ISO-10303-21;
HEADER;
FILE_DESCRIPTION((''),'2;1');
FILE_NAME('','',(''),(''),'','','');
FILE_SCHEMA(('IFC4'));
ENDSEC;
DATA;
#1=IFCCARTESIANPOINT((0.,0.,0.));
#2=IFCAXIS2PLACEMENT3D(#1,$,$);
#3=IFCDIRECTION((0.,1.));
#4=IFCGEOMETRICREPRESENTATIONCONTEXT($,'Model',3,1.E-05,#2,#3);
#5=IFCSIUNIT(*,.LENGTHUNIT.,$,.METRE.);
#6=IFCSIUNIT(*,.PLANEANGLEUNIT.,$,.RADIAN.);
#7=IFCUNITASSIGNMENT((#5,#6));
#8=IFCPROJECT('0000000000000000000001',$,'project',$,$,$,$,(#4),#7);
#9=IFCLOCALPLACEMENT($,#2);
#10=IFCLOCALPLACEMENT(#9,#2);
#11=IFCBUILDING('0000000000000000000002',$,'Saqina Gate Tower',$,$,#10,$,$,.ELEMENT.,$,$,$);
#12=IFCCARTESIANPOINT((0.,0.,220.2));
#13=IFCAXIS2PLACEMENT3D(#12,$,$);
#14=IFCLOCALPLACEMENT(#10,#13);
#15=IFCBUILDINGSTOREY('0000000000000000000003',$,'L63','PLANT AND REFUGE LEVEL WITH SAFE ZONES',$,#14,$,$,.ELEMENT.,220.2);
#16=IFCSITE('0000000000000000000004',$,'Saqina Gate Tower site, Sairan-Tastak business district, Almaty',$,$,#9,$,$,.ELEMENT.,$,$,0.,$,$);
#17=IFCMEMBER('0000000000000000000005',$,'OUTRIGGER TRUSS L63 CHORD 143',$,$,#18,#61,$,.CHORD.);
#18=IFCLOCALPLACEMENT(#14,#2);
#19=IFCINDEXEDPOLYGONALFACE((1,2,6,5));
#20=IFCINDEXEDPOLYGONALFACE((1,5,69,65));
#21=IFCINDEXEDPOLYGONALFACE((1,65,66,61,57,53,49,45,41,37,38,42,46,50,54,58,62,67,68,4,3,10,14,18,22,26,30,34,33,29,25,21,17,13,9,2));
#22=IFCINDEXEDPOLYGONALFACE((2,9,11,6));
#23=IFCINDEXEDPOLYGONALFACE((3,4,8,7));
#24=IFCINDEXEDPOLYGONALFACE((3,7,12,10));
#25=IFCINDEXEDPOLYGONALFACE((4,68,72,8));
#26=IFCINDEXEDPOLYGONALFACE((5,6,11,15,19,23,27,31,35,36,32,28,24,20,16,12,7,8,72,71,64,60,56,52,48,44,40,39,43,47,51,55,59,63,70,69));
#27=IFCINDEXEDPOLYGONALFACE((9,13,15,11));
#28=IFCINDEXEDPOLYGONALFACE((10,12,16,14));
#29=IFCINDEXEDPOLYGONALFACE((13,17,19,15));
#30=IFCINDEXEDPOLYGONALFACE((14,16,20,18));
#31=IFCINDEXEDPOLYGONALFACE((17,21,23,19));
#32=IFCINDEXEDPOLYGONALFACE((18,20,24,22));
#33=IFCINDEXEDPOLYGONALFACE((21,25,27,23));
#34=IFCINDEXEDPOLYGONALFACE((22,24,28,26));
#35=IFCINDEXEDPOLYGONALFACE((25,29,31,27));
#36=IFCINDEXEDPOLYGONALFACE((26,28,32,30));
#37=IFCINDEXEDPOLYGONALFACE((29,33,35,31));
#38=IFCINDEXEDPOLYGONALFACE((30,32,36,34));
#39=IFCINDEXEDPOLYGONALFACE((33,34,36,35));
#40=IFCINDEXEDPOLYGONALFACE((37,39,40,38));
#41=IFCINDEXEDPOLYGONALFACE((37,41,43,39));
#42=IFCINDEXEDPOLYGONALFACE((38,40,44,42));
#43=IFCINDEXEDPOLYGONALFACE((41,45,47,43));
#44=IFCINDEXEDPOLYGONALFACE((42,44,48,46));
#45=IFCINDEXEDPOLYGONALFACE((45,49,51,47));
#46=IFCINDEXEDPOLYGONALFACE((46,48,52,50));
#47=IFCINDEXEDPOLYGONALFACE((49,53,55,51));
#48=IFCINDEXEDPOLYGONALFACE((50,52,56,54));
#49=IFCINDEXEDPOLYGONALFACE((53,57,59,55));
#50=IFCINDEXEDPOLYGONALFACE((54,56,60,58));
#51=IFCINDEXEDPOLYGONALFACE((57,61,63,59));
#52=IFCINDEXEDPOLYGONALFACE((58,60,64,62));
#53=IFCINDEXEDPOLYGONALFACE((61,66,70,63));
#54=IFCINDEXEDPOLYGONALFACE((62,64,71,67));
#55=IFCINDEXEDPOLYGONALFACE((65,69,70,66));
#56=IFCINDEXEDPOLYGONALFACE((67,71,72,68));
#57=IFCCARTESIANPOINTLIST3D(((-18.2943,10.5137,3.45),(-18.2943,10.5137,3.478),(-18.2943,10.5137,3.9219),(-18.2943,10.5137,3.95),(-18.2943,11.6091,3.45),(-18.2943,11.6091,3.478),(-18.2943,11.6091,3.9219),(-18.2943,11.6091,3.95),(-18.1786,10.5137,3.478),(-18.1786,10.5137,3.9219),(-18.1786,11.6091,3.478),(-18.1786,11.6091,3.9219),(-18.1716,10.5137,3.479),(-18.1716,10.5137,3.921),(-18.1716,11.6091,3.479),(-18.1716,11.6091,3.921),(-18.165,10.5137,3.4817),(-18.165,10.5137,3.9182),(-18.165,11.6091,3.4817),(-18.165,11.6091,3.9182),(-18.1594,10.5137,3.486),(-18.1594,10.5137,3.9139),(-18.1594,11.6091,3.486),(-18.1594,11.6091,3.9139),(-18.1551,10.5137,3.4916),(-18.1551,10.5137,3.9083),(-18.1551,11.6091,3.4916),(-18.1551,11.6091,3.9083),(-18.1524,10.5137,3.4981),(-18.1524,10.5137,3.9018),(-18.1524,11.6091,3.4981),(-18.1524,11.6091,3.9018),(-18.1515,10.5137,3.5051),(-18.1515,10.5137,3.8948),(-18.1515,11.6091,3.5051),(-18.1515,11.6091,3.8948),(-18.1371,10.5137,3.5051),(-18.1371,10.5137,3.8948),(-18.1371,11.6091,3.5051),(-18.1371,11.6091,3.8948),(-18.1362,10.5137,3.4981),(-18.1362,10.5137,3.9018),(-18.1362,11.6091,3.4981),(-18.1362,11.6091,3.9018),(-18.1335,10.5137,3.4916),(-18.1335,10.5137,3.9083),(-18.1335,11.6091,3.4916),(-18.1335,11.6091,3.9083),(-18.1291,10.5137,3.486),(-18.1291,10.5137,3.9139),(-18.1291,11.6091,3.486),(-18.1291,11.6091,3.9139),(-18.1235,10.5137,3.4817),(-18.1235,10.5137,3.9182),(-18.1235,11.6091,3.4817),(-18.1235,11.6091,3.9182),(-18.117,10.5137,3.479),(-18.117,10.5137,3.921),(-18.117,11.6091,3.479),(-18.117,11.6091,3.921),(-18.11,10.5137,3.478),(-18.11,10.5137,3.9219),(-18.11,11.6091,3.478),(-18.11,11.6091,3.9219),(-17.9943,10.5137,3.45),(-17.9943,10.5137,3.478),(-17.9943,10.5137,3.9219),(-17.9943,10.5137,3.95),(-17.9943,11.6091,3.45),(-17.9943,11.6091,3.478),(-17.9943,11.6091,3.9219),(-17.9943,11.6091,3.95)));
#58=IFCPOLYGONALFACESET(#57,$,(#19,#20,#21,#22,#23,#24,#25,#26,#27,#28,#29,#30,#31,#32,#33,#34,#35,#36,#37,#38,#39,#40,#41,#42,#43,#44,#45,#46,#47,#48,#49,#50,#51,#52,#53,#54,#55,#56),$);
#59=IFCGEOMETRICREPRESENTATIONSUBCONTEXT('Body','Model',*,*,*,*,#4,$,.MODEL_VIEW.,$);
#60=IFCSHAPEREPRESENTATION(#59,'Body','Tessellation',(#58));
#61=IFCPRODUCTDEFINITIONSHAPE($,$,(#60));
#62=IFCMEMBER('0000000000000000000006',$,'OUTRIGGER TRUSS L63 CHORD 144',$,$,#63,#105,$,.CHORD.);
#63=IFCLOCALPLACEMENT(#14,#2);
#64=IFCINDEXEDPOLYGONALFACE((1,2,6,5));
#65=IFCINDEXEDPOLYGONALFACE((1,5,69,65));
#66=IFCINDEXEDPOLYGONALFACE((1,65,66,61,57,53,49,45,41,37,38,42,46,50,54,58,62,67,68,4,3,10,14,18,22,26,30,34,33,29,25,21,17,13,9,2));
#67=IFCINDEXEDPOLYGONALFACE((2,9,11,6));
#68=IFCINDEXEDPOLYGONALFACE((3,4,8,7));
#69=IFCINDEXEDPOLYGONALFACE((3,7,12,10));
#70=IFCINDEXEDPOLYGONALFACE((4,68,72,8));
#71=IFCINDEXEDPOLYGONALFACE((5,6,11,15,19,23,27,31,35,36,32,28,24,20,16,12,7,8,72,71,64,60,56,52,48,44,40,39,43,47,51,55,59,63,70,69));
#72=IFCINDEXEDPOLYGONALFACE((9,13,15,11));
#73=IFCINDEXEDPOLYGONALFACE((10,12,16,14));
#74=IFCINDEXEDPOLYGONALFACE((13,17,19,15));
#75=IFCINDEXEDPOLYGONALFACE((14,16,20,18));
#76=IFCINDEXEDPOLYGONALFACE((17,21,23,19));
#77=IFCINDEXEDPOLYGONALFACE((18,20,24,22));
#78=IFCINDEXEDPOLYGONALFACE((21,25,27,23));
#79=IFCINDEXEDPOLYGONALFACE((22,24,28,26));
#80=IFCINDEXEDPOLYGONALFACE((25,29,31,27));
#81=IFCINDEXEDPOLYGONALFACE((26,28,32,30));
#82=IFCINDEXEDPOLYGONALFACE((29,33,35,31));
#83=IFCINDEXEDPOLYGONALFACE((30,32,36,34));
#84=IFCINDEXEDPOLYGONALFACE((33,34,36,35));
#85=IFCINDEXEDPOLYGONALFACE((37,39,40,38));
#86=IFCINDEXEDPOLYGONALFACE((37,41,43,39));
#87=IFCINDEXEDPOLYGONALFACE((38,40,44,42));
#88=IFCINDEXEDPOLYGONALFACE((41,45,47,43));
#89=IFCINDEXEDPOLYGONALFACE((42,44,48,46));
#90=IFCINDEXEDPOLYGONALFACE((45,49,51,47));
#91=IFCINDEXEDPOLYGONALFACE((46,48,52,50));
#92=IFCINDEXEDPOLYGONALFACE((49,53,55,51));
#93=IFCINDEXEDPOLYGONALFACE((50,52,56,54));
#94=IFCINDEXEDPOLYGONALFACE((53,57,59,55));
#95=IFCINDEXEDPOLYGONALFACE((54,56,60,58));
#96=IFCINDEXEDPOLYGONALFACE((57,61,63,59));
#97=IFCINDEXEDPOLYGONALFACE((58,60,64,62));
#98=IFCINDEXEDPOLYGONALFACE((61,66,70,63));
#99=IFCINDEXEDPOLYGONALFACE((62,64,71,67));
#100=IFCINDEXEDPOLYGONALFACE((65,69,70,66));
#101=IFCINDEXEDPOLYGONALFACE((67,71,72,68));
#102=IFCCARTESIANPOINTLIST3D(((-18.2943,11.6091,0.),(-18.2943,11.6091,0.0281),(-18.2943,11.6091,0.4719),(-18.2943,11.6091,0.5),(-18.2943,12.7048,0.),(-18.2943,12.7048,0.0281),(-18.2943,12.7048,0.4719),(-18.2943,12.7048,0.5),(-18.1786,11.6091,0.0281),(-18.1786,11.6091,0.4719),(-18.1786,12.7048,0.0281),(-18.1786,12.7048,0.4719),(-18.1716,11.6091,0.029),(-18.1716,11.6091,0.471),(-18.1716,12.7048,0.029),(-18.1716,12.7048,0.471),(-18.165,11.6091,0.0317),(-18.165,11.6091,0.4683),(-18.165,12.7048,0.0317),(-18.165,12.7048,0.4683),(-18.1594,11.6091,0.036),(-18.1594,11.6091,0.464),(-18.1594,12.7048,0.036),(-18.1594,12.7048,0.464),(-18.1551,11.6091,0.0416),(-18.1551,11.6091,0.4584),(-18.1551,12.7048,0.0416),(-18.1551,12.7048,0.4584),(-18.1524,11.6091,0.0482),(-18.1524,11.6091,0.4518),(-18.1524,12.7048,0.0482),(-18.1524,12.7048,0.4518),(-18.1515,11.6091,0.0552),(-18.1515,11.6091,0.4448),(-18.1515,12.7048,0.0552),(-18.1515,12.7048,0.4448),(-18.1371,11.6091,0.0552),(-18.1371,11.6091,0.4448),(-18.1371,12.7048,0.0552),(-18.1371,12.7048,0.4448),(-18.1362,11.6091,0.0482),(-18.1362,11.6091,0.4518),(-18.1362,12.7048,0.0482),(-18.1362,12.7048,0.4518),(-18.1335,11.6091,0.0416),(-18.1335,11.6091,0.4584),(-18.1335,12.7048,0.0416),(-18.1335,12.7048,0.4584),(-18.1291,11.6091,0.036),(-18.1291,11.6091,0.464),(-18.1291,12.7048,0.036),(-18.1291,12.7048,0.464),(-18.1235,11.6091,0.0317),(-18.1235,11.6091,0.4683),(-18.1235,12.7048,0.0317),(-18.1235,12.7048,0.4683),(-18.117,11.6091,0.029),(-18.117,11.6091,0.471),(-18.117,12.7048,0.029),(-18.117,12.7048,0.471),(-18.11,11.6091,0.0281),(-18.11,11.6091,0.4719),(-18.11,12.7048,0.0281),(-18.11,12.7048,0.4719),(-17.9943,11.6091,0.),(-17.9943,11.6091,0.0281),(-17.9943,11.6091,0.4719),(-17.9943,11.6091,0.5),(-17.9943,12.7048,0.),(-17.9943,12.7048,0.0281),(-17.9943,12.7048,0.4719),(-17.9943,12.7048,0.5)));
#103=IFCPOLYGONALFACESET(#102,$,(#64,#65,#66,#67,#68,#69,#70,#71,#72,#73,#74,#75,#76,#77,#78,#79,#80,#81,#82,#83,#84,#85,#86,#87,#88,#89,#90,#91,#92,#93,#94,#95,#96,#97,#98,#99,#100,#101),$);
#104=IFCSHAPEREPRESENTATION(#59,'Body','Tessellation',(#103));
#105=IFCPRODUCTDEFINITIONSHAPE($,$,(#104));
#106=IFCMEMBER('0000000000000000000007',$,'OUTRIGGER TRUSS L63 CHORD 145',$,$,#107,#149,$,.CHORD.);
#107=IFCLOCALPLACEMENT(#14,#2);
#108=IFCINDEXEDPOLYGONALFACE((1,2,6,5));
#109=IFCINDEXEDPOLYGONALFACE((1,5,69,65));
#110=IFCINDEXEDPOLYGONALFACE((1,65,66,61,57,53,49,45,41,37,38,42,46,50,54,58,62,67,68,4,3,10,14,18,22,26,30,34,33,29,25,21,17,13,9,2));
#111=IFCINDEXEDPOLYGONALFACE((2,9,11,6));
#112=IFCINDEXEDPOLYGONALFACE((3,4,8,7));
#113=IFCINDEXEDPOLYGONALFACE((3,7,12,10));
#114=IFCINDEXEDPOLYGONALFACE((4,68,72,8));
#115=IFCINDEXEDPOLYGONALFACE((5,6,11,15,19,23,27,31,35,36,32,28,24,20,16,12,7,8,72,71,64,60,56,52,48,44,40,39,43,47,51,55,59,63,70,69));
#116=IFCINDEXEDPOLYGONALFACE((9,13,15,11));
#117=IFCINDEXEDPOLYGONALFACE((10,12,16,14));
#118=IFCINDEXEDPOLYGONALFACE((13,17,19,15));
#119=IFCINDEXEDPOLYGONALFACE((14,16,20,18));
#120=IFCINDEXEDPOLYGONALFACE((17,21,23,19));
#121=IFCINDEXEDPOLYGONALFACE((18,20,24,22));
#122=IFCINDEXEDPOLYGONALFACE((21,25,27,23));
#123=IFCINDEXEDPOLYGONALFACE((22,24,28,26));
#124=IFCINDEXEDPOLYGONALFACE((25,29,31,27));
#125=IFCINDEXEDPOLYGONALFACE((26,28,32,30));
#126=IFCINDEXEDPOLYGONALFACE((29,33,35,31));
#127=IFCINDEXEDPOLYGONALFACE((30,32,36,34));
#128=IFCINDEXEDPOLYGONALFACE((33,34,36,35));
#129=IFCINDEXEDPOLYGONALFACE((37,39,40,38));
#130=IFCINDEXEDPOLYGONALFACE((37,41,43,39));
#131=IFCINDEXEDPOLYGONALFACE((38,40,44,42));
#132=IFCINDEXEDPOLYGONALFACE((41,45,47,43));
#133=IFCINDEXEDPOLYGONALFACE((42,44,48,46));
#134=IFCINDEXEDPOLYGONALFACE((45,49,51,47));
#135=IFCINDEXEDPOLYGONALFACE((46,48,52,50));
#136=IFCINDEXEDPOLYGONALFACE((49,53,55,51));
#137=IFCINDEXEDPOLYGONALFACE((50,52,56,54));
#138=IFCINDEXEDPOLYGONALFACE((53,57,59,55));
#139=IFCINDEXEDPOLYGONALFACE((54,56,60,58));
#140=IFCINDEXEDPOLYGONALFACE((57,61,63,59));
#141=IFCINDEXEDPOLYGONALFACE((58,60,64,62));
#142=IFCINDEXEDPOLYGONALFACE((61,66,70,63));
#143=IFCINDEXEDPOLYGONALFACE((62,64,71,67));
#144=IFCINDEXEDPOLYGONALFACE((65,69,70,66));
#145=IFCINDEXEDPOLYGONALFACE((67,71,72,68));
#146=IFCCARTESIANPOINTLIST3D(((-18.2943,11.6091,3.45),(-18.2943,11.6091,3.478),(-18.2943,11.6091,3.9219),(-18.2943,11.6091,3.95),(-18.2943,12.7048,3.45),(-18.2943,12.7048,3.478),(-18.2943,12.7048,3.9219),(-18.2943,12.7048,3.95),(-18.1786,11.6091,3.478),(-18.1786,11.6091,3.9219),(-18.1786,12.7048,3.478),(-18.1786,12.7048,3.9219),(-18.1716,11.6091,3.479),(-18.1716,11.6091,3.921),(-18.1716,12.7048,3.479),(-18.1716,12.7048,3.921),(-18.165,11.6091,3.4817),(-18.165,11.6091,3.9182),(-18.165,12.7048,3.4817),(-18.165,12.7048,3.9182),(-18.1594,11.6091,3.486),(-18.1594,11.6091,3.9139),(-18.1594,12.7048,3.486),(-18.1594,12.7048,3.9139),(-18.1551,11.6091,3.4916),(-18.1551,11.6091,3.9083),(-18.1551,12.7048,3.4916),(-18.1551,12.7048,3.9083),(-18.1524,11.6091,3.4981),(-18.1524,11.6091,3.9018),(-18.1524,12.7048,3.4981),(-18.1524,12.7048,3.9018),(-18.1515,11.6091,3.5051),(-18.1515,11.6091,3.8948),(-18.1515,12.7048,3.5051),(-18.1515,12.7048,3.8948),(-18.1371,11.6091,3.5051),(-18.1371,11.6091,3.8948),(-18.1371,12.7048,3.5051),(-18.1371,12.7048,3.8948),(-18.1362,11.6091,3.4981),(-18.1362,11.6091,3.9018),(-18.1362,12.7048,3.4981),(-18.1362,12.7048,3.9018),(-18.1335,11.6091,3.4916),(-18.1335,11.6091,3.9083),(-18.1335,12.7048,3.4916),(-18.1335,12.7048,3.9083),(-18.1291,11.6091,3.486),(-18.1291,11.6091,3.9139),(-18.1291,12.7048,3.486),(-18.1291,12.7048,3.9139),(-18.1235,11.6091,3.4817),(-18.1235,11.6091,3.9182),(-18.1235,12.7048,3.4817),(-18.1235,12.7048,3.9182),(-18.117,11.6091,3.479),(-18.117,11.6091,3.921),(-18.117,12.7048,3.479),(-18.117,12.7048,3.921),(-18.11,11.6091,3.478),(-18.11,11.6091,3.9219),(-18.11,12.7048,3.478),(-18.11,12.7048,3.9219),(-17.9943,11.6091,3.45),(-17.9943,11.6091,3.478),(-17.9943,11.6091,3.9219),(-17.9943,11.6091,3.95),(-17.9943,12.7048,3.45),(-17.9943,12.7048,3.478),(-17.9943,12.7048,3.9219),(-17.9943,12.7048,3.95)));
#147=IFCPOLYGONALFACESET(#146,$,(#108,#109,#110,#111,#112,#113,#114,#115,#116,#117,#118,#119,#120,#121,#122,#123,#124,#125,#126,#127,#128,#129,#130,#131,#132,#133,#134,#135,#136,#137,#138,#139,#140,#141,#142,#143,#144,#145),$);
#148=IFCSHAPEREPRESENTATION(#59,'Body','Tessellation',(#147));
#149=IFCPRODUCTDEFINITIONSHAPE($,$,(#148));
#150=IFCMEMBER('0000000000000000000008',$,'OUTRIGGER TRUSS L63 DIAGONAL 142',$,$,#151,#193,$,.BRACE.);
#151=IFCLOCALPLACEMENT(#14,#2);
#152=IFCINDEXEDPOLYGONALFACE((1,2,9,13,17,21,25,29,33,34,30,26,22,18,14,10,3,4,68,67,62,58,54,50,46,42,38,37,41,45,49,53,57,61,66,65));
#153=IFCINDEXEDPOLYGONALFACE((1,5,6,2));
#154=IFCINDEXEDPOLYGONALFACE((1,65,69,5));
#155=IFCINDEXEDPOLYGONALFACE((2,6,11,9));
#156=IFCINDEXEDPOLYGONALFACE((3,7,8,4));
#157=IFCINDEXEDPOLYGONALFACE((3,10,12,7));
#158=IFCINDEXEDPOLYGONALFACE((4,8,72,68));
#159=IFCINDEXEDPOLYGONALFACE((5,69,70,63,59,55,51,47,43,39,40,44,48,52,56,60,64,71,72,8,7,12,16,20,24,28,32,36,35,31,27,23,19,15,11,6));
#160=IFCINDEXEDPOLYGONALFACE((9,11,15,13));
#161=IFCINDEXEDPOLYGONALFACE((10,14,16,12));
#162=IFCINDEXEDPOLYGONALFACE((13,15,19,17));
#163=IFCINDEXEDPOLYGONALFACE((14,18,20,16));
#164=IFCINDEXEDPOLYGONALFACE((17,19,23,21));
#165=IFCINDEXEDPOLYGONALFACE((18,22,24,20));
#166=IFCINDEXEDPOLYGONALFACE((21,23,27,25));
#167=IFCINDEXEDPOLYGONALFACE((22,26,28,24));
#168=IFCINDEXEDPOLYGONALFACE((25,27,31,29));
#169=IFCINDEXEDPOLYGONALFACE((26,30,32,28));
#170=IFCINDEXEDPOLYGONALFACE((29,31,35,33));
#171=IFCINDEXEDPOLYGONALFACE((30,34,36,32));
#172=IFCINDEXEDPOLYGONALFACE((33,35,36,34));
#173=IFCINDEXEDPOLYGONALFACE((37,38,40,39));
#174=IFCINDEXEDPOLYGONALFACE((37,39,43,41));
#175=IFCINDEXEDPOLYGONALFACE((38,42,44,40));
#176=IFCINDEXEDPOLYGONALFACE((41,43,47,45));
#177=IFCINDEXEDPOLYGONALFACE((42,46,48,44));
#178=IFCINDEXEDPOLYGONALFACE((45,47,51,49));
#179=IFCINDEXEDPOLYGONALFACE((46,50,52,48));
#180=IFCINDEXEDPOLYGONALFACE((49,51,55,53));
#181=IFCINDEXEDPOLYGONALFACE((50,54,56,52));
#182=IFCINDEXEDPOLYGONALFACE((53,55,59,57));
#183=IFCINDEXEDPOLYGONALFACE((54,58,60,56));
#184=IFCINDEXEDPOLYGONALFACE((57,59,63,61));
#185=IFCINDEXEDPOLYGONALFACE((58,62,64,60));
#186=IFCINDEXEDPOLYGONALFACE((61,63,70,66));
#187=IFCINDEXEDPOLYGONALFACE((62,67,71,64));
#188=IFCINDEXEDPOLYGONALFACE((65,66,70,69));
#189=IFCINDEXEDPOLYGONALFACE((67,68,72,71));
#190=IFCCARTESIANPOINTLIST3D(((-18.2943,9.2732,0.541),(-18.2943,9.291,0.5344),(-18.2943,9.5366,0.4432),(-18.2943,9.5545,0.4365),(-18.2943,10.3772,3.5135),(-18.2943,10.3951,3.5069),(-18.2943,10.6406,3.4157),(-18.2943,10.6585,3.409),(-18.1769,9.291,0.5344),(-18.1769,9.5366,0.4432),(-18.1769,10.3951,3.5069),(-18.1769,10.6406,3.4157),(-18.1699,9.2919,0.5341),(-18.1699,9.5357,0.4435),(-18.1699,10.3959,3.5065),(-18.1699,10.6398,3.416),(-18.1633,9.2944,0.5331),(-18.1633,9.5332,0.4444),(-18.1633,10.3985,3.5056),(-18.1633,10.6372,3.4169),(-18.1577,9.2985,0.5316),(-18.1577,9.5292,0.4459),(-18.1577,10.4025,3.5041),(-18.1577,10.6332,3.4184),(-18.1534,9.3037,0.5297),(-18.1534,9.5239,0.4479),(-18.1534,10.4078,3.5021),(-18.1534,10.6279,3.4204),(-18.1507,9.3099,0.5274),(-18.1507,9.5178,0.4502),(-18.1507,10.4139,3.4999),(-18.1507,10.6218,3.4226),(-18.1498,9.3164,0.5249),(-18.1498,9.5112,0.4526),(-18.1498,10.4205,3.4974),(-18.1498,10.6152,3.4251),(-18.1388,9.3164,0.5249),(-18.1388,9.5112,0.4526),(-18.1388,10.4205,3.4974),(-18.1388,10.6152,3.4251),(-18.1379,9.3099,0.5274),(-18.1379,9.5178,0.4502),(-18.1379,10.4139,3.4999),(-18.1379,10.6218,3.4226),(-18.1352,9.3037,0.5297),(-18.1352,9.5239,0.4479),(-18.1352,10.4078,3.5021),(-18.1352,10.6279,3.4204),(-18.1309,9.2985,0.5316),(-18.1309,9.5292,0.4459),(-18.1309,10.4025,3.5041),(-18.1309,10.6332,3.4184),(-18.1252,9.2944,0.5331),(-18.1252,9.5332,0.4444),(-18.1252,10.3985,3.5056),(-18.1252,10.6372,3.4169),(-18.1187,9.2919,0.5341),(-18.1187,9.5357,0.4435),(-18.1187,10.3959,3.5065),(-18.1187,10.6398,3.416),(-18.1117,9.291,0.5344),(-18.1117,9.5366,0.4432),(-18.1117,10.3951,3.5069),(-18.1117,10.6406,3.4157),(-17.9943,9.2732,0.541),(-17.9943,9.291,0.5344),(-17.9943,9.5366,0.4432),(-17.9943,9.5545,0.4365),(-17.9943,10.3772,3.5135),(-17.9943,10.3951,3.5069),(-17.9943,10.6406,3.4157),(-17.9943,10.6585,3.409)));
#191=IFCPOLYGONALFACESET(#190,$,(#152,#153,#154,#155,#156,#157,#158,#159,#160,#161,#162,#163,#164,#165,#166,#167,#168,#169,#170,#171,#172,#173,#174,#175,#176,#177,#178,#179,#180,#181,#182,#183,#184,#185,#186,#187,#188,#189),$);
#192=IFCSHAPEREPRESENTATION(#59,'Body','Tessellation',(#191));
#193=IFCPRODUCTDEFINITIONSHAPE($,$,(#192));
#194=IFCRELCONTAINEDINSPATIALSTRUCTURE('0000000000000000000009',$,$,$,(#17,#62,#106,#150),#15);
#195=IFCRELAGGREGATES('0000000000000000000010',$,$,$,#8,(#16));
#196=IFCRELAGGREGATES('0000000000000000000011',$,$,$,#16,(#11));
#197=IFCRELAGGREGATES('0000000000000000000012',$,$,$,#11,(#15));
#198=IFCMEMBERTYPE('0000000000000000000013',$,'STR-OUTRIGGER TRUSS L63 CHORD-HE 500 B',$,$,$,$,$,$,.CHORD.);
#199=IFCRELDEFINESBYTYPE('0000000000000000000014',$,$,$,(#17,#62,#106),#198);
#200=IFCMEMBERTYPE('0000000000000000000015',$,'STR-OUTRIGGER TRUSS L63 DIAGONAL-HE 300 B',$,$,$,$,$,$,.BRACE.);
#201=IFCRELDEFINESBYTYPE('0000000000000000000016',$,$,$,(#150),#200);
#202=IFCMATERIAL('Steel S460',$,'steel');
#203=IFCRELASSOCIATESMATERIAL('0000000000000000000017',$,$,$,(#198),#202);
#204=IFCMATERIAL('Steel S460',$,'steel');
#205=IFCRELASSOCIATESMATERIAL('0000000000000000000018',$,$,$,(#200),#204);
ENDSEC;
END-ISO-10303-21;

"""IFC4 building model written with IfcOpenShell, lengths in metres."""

from ifc_helpers import new_model, si_unit, direction, frame, origin, origin_2d, place, context, subcontext, project, spatial, i_section, extrude, material, material_profile, profile_set, type_object, element, save


model = new_model("IFC4")

# Units and contexts
model_context = context("Model", 3, precision=1e-05, world=origin(), true_north=direction((0.0, 1.0)))
body_context = subcontext(model_context, "Body", "Model", "MODEL_VIEW")
ifc_project = project(units=[si_unit("LENGTHUNIT", "METRE"), si_unit("PLANEANGLEUNIT", "RADIAN")], contexts=[model_context])

# Site, building, storey
site_placement = place(None, origin())
site = spatial("IfcSite", under=ifc_project, at=site_placement, Name="Saqina Gate Tower site, Sairan-Tastak business district, Almaty", CompositionType="ELEMENT", RefElevation=0.0)
building_placement = place(site_placement, origin())
building = spatial("IfcBuilding", under=site, at=building_placement, Name="Saqina Gate Tower", CompositionType="ELEMENT")
storey_placement = place(building_placement, frame((0.0, 0.0, 220.2)))
storey = spatial("IfcBuildingStorey", under=building, at=storey_placement, Name="L63", Description="PLANT AND REFUGE LEVEL WITH SAFE ZONES", CompositionType="ELEMENT", Elevation=220.2)

# Members
ifc_material_1 = material(Name="Steel S460", Category="steel")
ifc_material_profile_1 = material_profile(ifc_material_1, i_section(OverallWidth=0.3, OverallDepth=0.5, WebThickness=0.0144, FlangeThickness=0.0281, FilletRadius=0.0271, at=origin_2d()), Name="HE 500 B")
ifc_profile_set_1 = profile_set([ifc_material_profile_1], Name="Steel S460")
member_type_1 = type_object("IfcMemberType", Name="STR-OUTRIGGER TRUSS L63 CHORD-HE 500 B", PredefinedType="CHORD", material=ifc_profile_set_1)
member_1_placement = place(storey_placement, frame((-18.1443, 10.5137, 3.7), z_axis=(0.0, 1.0, 0.0), x_axis=(-1.0, 0.0, 0.0)))
element("IfcMember", 1, at=member_1_placement, inside=storey, type_object=member_type_1, Name="OUTRIGGER TRUSS L63 CHORD 143", PredefinedType="CHORD", context=body_context, shape_type="SweptSolid", body=[
    extrude(i_section(OverallWidth=0.3, OverallDepth=0.5, WebThickness=0.0144, FlangeThickness=0.0281, FilletRadius=0.0271, at=origin_2d()), origin(), (0.0, 0.0, 1.0), 1.0955),
])
for number, where, z_axis, x_axis, name in (
    (2, (-18.1443, 11.6091, 0.25), (0.0, 1.0, 0.0), (-1.0, 0.0, 0.0), "OUTRIGGER TRUSS L63 CHORD 144"),
    (3, (-18.1443, 11.6091, 3.7), (0.0, 1.0, 0.0), (-1.0, 0.0, 0.0), "OUTRIGGER TRUSS L63 CHORD 145"),
):
    element("IfcMember", number, at=place(storey_placement, frame(where, z_axis=z_axis, x_axis=x_axis)), inside=storey, type_object=member_type_1, Name=name, PredefinedType="CHORD", context=body_context, shape_type="SweptSolid", body=[
        extrude(i_section(OverallWidth=0.3, OverallDepth=0.5, WebThickness=0.0144, FlangeThickness=0.0281, FilletRadius=0.0271, at=origin_2d()), origin(), (0.0, 0.0, 1.0), 1.0957),
    ])
ifc_material_2 = material(Name="Steel S460", Category="steel")
ifc_material_profile_2 = material_profile(ifc_material_2, i_section(OverallWidth=0.3, OverallDepth=0.3, WebThickness=0.011, FlangeThickness=0.019, FilletRadius=0.0271, at=origin_2d()), Name="HE 300 B")
ifc_profile_set_2 = profile_set([ifc_material_profile_2], Name="Steel S460")
member_type_2 = type_object("IfcMemberType", Name="STR-OUTRIGGER TRUSS L63 DIAGONAL-HE 300 B", PredefinedType="BRACE", material=ifc_profile_set_2)
for number, where, z_axis, x_axis, name in (
    (4, (-18.1443, 9.4138, 0.4888), (0.0, 0.348177, 0.937429), (-1.0, 0.0, 0.0), "OUTRIGGER TRUSS L63 DIAGONAL 142"),
):
    element("IfcMember", number, at=place(storey_placement, frame(where, z_axis=z_axis, x_axis=x_axis)), inside=storey, type_object=member_type_2, Name=name, PredefinedType="BRACE", context=body_context, shape_type="SweptSolid", body=[
        extrude(i_section(OverallWidth=0.3, OverallDepth=0.3, WebThickness=0.011, FlangeThickness=0.019, FilletRadius=0.0271, at=origin_2d()), origin(), (0.0, 0.0, 1.0), 3.1709),
    ])

save(model, "model.ifc")
